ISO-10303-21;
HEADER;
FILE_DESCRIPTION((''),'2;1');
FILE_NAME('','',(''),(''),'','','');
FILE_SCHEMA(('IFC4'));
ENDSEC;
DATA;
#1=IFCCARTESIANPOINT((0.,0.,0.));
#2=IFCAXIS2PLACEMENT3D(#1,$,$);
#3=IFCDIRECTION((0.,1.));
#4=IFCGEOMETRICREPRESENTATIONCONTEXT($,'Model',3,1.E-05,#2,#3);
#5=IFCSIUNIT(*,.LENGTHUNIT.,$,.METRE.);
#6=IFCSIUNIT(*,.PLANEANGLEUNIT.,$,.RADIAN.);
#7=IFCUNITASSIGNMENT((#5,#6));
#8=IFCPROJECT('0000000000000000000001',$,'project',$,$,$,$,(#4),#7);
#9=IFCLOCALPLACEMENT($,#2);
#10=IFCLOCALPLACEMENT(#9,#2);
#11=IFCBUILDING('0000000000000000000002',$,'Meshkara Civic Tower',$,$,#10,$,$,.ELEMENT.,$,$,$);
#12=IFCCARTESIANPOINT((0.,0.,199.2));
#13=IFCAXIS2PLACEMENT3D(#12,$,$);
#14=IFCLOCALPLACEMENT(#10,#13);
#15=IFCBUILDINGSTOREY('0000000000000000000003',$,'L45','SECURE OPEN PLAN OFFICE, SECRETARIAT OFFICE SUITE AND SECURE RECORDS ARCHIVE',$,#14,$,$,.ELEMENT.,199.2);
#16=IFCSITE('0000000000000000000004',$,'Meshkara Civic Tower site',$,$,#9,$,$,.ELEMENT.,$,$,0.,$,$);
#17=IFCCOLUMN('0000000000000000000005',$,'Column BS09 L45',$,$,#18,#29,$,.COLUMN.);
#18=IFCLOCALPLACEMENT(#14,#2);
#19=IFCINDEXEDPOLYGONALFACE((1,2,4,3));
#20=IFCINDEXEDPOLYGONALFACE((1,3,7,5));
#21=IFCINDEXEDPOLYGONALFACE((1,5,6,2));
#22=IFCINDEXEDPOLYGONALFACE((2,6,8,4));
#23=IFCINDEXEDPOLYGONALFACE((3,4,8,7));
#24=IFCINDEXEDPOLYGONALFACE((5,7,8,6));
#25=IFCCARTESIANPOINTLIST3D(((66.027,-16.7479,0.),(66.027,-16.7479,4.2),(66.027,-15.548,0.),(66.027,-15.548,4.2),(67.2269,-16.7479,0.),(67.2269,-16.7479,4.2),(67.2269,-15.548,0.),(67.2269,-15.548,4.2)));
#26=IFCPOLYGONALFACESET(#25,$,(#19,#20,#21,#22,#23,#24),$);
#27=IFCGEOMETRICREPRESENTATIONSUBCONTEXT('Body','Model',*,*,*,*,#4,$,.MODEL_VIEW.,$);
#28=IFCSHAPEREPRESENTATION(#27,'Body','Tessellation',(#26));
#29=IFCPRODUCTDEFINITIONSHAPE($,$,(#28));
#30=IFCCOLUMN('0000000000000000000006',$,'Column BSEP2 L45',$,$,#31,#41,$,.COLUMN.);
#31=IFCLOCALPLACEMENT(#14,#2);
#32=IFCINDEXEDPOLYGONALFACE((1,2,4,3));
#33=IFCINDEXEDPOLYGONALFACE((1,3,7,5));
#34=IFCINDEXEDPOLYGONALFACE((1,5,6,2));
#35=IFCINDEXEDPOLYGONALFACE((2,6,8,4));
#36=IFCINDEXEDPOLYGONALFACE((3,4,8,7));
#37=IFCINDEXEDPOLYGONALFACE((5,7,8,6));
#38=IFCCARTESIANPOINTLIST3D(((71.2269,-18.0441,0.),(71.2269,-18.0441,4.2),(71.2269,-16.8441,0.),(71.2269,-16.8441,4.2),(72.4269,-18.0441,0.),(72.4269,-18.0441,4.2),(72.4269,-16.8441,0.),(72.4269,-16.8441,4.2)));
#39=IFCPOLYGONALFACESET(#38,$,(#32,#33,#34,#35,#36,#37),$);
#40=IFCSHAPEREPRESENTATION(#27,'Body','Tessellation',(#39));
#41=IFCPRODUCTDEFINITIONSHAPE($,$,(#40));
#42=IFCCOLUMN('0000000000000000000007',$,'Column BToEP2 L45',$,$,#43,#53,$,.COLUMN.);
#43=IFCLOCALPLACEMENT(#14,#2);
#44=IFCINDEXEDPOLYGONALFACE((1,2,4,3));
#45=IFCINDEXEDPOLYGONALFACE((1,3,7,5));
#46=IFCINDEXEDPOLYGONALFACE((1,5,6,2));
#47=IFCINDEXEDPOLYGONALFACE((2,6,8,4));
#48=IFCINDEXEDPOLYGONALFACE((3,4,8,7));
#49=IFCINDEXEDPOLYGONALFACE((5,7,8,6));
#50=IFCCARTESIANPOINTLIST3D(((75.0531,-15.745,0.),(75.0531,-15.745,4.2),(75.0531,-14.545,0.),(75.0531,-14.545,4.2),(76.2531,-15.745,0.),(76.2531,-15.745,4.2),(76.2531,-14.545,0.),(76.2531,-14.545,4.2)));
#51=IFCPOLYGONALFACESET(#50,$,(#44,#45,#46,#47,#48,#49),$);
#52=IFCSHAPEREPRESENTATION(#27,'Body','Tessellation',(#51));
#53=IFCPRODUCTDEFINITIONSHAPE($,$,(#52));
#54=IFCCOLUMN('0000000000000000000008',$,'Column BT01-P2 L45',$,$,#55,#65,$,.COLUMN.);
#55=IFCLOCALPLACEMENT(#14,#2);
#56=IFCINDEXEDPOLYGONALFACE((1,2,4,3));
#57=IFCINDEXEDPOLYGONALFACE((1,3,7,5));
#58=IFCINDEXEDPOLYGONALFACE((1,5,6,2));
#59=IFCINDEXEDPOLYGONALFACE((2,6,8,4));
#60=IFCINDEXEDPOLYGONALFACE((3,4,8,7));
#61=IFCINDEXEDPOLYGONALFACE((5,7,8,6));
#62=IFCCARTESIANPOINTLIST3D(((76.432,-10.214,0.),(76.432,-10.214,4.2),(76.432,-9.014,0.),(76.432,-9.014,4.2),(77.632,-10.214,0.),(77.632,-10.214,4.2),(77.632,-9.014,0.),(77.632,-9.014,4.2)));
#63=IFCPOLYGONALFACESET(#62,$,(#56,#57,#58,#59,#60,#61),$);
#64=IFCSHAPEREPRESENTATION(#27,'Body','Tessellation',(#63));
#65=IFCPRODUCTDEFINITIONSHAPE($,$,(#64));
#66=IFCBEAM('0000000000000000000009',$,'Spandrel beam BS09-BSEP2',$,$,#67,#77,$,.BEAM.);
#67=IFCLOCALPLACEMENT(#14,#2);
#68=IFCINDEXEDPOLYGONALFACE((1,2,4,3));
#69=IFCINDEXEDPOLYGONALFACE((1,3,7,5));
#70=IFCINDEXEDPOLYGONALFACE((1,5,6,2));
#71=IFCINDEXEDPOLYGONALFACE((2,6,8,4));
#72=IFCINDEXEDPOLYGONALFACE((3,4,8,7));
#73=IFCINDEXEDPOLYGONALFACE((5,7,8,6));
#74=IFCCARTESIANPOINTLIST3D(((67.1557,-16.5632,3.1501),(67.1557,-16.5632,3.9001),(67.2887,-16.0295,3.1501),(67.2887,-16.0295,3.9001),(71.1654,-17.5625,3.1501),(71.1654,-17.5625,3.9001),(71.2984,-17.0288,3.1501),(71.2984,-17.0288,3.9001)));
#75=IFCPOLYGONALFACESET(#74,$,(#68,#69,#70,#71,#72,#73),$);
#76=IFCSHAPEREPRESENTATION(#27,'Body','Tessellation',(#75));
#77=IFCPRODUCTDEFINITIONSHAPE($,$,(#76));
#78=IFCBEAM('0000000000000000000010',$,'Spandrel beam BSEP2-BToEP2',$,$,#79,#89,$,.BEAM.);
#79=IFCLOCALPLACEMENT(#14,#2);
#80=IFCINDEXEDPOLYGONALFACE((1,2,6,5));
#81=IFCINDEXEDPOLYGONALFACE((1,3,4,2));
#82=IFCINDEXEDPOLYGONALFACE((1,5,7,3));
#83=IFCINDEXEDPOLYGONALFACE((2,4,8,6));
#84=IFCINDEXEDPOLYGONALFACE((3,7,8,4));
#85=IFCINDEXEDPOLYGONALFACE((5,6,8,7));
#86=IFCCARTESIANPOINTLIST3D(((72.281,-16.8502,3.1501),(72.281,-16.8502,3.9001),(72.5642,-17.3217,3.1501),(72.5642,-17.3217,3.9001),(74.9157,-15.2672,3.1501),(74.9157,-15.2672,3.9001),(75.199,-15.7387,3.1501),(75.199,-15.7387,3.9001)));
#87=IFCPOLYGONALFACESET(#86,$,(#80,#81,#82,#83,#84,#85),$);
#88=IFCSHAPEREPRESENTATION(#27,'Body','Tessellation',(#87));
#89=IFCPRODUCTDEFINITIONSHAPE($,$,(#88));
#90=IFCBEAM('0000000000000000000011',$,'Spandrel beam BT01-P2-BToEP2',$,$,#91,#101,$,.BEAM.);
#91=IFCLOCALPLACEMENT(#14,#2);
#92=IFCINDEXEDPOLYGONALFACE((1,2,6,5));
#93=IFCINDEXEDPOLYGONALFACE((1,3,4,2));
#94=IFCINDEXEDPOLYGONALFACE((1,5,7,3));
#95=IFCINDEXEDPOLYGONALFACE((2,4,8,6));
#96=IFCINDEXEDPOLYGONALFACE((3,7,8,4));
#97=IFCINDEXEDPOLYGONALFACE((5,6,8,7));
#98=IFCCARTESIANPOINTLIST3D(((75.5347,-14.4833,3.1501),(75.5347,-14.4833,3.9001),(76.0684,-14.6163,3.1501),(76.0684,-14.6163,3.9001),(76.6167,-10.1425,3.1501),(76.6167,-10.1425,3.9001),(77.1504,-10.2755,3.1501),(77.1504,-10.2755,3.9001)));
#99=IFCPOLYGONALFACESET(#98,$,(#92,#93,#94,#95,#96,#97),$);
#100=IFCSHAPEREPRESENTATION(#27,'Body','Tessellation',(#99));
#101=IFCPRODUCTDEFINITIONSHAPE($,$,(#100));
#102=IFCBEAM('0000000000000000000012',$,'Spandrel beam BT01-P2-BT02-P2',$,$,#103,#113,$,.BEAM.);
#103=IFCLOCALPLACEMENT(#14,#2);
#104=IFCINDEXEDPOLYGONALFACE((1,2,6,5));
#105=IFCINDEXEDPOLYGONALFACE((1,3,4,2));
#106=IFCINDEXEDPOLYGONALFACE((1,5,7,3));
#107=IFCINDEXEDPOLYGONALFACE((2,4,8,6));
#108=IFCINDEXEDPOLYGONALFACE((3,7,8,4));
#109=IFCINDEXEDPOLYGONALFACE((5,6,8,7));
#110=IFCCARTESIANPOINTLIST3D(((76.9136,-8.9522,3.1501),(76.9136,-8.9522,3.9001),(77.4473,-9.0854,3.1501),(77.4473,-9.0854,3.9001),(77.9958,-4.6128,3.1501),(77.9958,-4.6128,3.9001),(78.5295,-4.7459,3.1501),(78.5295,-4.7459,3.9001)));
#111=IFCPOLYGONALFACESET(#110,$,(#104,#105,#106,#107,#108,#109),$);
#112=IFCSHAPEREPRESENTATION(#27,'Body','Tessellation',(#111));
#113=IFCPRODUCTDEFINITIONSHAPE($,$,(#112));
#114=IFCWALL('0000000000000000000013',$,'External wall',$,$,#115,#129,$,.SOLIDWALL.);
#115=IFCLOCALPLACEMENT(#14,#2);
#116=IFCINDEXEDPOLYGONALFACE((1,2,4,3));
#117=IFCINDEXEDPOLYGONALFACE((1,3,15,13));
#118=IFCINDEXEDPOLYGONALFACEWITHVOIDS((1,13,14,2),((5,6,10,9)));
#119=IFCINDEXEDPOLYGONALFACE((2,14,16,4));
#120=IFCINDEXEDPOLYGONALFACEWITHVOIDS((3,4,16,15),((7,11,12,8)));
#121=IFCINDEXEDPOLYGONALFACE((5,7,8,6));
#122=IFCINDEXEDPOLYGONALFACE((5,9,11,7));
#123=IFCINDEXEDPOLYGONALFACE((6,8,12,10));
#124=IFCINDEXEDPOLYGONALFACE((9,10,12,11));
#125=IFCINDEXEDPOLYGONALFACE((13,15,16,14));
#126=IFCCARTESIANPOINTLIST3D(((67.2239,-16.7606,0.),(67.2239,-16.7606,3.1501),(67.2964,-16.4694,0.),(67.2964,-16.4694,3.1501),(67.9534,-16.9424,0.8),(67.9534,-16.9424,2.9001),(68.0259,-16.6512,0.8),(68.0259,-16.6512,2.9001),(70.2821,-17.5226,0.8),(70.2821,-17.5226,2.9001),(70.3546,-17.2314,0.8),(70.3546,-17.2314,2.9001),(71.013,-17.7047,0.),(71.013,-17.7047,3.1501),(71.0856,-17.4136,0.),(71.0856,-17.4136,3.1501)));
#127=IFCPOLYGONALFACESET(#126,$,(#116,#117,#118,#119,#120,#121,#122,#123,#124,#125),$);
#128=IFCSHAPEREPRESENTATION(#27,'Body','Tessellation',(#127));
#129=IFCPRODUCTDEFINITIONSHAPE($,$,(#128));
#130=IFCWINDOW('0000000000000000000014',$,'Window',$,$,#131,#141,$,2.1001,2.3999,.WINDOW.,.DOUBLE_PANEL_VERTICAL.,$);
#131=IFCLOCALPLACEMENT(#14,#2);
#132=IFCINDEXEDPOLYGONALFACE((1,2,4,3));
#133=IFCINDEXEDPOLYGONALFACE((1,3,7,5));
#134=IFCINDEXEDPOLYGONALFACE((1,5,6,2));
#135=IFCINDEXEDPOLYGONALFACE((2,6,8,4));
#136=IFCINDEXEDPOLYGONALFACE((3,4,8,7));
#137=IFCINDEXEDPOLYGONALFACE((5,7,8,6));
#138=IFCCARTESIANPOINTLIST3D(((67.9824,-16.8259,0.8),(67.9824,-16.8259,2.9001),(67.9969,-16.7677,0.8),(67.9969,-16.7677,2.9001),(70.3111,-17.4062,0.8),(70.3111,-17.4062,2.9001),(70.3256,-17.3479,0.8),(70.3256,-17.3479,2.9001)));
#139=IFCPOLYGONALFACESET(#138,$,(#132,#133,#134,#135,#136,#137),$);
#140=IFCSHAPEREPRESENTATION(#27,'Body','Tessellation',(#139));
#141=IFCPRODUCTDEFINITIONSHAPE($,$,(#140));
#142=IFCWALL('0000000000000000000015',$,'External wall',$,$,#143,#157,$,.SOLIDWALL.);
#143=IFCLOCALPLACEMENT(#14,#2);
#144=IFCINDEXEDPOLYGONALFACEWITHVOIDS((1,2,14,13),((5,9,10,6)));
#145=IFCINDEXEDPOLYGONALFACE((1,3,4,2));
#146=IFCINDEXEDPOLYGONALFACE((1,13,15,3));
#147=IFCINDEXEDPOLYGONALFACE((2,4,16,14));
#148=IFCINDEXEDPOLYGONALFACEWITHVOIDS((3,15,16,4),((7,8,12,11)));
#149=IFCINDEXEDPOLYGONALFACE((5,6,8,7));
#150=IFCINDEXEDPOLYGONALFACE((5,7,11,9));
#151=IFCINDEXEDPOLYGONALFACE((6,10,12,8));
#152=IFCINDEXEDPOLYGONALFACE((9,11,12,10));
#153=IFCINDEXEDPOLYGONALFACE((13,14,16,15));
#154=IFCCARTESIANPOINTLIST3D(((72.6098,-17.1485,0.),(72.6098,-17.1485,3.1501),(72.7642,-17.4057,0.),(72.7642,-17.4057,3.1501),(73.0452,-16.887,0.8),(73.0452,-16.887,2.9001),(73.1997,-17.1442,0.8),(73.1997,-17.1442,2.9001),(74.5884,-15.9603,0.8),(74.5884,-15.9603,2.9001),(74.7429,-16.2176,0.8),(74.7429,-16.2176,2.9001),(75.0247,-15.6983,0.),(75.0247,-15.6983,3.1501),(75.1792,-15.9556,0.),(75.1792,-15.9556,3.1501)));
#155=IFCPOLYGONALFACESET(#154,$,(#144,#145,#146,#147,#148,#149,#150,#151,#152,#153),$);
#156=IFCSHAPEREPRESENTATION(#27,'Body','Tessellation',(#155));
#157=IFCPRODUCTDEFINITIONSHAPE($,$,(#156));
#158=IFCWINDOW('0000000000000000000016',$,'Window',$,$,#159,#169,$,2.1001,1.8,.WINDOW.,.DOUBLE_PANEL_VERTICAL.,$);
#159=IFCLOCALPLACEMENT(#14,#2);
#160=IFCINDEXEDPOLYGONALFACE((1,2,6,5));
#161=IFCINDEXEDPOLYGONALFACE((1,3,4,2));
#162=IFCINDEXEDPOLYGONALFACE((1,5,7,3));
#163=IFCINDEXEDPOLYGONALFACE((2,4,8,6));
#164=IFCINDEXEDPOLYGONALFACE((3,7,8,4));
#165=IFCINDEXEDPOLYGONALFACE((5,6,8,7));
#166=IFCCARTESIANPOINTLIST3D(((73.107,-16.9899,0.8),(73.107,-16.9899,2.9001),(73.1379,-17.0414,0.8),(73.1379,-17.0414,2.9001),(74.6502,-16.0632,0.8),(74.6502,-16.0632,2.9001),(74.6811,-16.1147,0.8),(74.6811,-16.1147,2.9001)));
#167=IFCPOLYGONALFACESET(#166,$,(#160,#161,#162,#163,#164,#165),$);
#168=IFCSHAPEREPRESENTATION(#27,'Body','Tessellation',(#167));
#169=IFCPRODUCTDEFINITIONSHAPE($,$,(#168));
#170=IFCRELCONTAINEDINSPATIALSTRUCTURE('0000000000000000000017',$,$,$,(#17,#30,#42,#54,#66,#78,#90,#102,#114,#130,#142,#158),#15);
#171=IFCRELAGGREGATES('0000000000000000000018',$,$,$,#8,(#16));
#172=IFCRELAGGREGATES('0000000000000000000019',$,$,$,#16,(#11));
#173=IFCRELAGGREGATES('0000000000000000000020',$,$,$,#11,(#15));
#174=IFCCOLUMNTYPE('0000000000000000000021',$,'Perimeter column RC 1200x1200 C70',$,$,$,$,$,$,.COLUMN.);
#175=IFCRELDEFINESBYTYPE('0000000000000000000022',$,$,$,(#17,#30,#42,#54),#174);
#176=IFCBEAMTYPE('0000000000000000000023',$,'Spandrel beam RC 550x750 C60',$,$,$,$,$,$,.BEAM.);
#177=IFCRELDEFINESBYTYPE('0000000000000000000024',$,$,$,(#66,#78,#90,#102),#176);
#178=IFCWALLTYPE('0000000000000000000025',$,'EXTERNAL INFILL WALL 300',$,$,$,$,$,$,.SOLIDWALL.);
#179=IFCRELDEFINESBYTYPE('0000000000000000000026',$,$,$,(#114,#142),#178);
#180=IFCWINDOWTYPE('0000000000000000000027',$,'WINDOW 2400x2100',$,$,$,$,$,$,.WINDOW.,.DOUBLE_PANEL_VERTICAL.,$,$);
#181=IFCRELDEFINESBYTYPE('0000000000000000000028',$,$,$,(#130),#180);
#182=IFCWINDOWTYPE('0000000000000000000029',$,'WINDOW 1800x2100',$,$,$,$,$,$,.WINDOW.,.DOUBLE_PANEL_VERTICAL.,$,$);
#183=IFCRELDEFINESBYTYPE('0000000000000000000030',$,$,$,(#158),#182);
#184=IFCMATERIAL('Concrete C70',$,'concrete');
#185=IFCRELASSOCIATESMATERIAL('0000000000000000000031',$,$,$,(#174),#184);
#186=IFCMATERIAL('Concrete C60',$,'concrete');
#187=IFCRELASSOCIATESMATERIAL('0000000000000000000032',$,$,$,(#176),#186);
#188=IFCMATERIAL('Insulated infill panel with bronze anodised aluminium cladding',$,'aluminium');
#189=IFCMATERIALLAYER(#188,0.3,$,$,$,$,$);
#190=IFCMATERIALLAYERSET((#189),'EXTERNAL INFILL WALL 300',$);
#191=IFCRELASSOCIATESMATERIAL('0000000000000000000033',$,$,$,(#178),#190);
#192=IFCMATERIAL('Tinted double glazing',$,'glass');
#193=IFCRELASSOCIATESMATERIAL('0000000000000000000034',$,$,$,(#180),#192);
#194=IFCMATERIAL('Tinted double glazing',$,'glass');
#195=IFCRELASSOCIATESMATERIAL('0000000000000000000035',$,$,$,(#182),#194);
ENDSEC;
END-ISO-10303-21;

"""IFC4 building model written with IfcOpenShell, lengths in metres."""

from ifc_helpers import new_model, si_unit, direction, frame, frame_2d, origin, origin_2d, place, context, subcontext, project, spatial, rectangle, extrude, material, layer, layer_set, material_profile, profile_set, type_object, element, fill, save


model = new_model("IFC4")

# Units and contexts
model_context = context("Model", 3, precision=1e-05, world=origin(), true_north=direction((0.0, 1.0)))
body_context = subcontext(model_context, "Body", "Model", "MODEL_VIEW")
ifc_project = project(units=[si_unit("LENGTHUNIT", "METRE"), si_unit("PLANEANGLEUNIT", "RADIAN")], contexts=[model_context])

# Site, building, storey
site_placement = place(None, origin())
site = spatial("IfcSite", under=ifc_project, at=site_placement, Name="Meshkara Civic Tower site", CompositionType="ELEMENT", RefElevation=0.0)
building_placement = place(site_placement, origin())
building = spatial("IfcBuilding", under=site, at=building_placement, Name="Meshkara Civic Tower", CompositionType="ELEMENT")
storey_placement = place(building_placement, frame((0.0, 0.0, 199.2)))
storey = spatial("IfcBuildingStorey", under=building, at=storey_placement, Name="L45", Description="SECURE OPEN PLAN OFFICE, SECRETARIAT OFFICE SUITE AND SECURE RECORDS ARCHIVE", CompositionType="ELEMENT", Elevation=199.2)

# Columns
ifc_material_1 = material(Name="Concrete C70", Category="concrete")
ifc_material_profile_1 = material_profile(ifc_material_1, rectangle(XDim=1.2, YDim=1.2, at=origin_2d()))
ifc_profile_set_1 = profile_set([ifc_material_profile_1], Name="Concrete C70")
column_type = type_object("IfcColumnType", Name="Perimeter column RC 1200x1200 C70", PredefinedType="COLUMN", material=ifc_profile_set_1)
for number, where, z_axis, x_axis, name in (
    (1, (66.627, -16.1479, 0.0), (0.0, 0.0, 1.0), (1.0, 0.0, 0.0), "Column BS09 L45"),
    (2, (71.8269, -17.4441, 0.0), (0.0, 0.0, 1.0), (1.0, 0.0, 0.0), "Column BSEP2 L45"),
    (3, (75.6531, -15.145, 0.0), (0.0, 0.0, 1.0), (1.0, 0.0, 0.0), "Column BToEP2 L45"),
    (4, (77.032, -9.614, 0.0), (0.0, 0.0, 1.0), (1.0, 0.0, 0.0), "Column BT01-P2 L45"),
):
    element("IfcColumn", number, at=place(storey_placement, frame(where, z_axis=z_axis, x_axis=x_axis)), inside=storey, type_object=column_type, Name=name, PredefinedType="COLUMN", context=body_context, shape_type="SweptSolid", body=[
        extrude(rectangle(XDim=1.2, YDim=1.2, at=origin_2d()), origin(), (0.0, 0.0, 1.0), 4.2),
    ])

# Beams
ifc_material_2 = material(Name="Concrete C60", Category="concrete")
ifc_material_profile_2 = material_profile(ifc_material_2, rectangle(XDim=0.55, YDim=0.75, at=origin_2d()))
ifc_profile_set_2 = profile_set([ifc_material_profile_2], Name="Concrete C60")
beam_type = type_object("IfcBeamType", Name="Spandrel beam RC 550x750 C60", PredefinedType="BEAM", material=ifc_profile_set_2)
beam_1_placement = place(storey_placement, frame((67.2222, -16.2964, 3.5251), z_axis=(0.970323, -0.241813, 0.0), x_axis=(0.241813, 0.970323, 0.0)))
element("IfcBeam", 5, at=beam_1_placement, inside=storey, type_object=beam_type, Name="Spandrel beam BS09-BSEP2", PredefinedType="BEAM", context=body_context, shape_type="SweptSolid", body=[
    extrude(rectangle(XDim=0.55, YDim=0.75, at=origin_2d()), origin(), (0.0, 0.0, 1.0), 4.1323),
])
beam_2_placement = place(storey_placement, frame((72.4226, -17.0859, 3.5251), z_axis=(0.857184, 0.51501, 0.0), x_axis=(-0.51501, 0.857184, 0.0)))
element("IfcBeam", 6, at=beam_2_placement, inside=storey, type_object=beam_type, Name="Spandrel beam BSEP2-BToEP2", PredefinedType="BEAM", context=body_context, shape_type="SweptSolid", body=[
    extrude(rectangle(XDim=0.55, YDim=0.75, at=origin_2d()), origin(), (0.0, 0.0, 1.0), 3.0737),
])
beam_3_placement = place(storey_placement, frame((75.8015, -14.5498, 3.5251), z_axis=(0.241868, 0.970309, 0.0), x_axis=(-0.970309, 0.241868, 0.0)))
element("IfcBeam", 7, at=beam_3_placement, inside=storey, type_object=beam_type, Name="Spandrel beam BT01-P2-BToEP2", PredefinedType="BEAM", context=body_context, shape_type="SweptSolid", body=[
    extrude(rectangle(XDim=0.55, YDim=0.75, at=origin_2d()), origin(), (0.0, 0.0, 1.0), 4.4736),
])
beam_4_placement = place(storey_placement, frame((77.1804, -9.0188, 3.5251), z_axis=(0.241983, 0.97028, 0.0), x_axis=(-0.97028, 0.241983, 0.0)))
element("IfcBeam", 8, at=beam_4_placement, inside=storey, type_object=beam_type, Name="Spandrel beam BT01-P2-BT02-P2", PredefinedType="BEAM", context=body_context, shape_type="SweptSolid", body=[
    extrude(rectangle(XDim=0.55, YDim=0.75, at=origin_2d()), origin(), (0.0, 0.0, 1.0), 4.4724),
])

# Walls, openings, windows
ifc_material_3 = material(Name="Insulated infill panel with bronze anodised aluminium cladding", Category="aluminium")
ifc_layer_1 = layer(ifc_material_3, 0.3)
ifc_layer_set_1 = layer_set([ifc_layer_1], Name="EXTERNAL INFILL WALL 300")
wall_type_1 = type_object("IfcWallType", Name="EXTERNAL INFILL WALL 300", PredefinedType="SOLIDWALL", material=ifc_layer_set_1)
wall_1_placement = place(storey_placement, frame((67.26, -16.615, 0.0), z_axis=(0.0, 0.0, 1.0), x_axis=(0.970333, -0.241771, 0.0)))
wall_1 = element("IfcWall", 9, at=wall_1_placement, inside=storey, type_object=wall_type_1, Name="External wall", PredefinedType="SOLIDWALL", context=body_context, shape_type="SweptSolid", body=[
    extrude(rectangle(XDim=3.905, YDim=0.3, at=frame_2d((1.9526, 0.0))), origin(), (0.0, 0.0, 1.0), 3.1501),
])
opening_1_placement = place(wall_1_placement, frame((0.752, 0.0, 0.8)))
opening_1 = element("IfcOpeningElement", 10, at=opening_1_placement, cuts=wall_1, PredefinedType="OPENING", context=body_context, shape_type="SweptSolid", body=[
    extrude(rectangle(XDim=2.3999, YDim=2.1001, at=frame_2d((1.2, 1.05))), frame((0.0, 0.1599, 0.0), z_axis=(0.0, -1.0, 0.0), x_axis=(1.0, 0.0, 0.0)), (0.0, 0.0, 1.0), 0.3201),
])
ifc_material_4 = material(Name="Tinted double glazing", Category="glass")
window_type_1 = type_object("IfcWindowType", Name="WINDOW 2400x2100", PartitioningType="DOUBLE_PANEL_VERTICAL", PredefinedType="WINDOW", material=ifc_material_4)
window_1_placement = place(opening_1_placement, origin())
window_1 = element("IfcWindow", 11, at=window_1_placement, inside=storey, type_object=window_type_1, Name="Window", OverallHeight=2.1001, OverallWidth=2.3999, PartitioningType="DOUBLE_PANEL_VERTICAL", PredefinedType="WINDOW", context=body_context, shape_type="SweptSolid", body=[
    extrude(rectangle(XDim=2.3999, YDim=2.1001, at=frame_2d((1.2, 1.05))), frame((0.0, 0.03, 0.0), z_axis=(0.0, -1.0, 0.0), x_axis=(1.0, 0.0, 0.0)), (0.0, 0.0, 1.0), 0.0601),
])
fill(opening_1, window_1)
wall_2_placement = place(storey_placement, frame((72.687, -17.2771, 0.0), z_axis=(0.0, 0.0, 1.0), x_axis=(0.857309, 0.514802, 0.0)))
wall_2 = element("IfcWall", 12, at=wall_2_placement, inside=storey, type_object=wall_type_1, Name="External wall", PredefinedType="SOLIDWALL", context=body_context, shape_type="SweptSolid", body=[
    extrude(rectangle(XDim=2.8169, YDim=0.3, at=frame_2d((1.4084, 0.0))), origin(), (0.0, 0.0, 1.0), 3.1501),
])
opening_2_placement = place(wall_2_placement, frame((0.5081, 0.0, 0.8)))
opening_2 = element("IfcOpeningElement", 13, at=opening_2_placement, cuts=wall_2, PredefinedType="OPENING", context=body_context, shape_type="SweptSolid", body=[
    extrude(rectangle(XDim=1.8, YDim=2.1001, at=frame_2d((0.8999, 1.05))), frame((0.0, 0.1599, 0.0), z_axis=(0.0, -1.0, 0.0), x_axis=(1.0, 0.0, 0.0)), (0.0, 0.0, 1.0), 0.3201),
])
ifc_material_5 = material(Name="Tinted double glazing", Category="glass")
window_type_2 = type_object("IfcWindowType", Name="WINDOW 1800x2100", PartitioningType="DOUBLE_PANEL_VERTICAL", PredefinedType="WINDOW", material=ifc_material_5)
window_2_placement = place(opening_2_placement, origin())
window_2 = element("IfcWindow", 14, at=window_2_placement, inside=storey, type_object=window_type_2, Name="Window", OverallHeight=2.1001, OverallWidth=1.8, PartitioningType="DOUBLE_PANEL_VERTICAL", PredefinedType="WINDOW", context=body_context, shape_type="SweptSolid", body=[
    extrude(rectangle(XDim=1.8, YDim=2.1001, at=frame_2d((0.8999, 1.05))), frame((0.0, 0.03, 0.0), z_axis=(0.0, -1.0, 0.0), x_axis=(1.0, 0.0, 0.0)), (0.0, 0.0, 1.0), 0.0601),
])
fill(opening_2, window_2)

save(model, "model.ifc")
